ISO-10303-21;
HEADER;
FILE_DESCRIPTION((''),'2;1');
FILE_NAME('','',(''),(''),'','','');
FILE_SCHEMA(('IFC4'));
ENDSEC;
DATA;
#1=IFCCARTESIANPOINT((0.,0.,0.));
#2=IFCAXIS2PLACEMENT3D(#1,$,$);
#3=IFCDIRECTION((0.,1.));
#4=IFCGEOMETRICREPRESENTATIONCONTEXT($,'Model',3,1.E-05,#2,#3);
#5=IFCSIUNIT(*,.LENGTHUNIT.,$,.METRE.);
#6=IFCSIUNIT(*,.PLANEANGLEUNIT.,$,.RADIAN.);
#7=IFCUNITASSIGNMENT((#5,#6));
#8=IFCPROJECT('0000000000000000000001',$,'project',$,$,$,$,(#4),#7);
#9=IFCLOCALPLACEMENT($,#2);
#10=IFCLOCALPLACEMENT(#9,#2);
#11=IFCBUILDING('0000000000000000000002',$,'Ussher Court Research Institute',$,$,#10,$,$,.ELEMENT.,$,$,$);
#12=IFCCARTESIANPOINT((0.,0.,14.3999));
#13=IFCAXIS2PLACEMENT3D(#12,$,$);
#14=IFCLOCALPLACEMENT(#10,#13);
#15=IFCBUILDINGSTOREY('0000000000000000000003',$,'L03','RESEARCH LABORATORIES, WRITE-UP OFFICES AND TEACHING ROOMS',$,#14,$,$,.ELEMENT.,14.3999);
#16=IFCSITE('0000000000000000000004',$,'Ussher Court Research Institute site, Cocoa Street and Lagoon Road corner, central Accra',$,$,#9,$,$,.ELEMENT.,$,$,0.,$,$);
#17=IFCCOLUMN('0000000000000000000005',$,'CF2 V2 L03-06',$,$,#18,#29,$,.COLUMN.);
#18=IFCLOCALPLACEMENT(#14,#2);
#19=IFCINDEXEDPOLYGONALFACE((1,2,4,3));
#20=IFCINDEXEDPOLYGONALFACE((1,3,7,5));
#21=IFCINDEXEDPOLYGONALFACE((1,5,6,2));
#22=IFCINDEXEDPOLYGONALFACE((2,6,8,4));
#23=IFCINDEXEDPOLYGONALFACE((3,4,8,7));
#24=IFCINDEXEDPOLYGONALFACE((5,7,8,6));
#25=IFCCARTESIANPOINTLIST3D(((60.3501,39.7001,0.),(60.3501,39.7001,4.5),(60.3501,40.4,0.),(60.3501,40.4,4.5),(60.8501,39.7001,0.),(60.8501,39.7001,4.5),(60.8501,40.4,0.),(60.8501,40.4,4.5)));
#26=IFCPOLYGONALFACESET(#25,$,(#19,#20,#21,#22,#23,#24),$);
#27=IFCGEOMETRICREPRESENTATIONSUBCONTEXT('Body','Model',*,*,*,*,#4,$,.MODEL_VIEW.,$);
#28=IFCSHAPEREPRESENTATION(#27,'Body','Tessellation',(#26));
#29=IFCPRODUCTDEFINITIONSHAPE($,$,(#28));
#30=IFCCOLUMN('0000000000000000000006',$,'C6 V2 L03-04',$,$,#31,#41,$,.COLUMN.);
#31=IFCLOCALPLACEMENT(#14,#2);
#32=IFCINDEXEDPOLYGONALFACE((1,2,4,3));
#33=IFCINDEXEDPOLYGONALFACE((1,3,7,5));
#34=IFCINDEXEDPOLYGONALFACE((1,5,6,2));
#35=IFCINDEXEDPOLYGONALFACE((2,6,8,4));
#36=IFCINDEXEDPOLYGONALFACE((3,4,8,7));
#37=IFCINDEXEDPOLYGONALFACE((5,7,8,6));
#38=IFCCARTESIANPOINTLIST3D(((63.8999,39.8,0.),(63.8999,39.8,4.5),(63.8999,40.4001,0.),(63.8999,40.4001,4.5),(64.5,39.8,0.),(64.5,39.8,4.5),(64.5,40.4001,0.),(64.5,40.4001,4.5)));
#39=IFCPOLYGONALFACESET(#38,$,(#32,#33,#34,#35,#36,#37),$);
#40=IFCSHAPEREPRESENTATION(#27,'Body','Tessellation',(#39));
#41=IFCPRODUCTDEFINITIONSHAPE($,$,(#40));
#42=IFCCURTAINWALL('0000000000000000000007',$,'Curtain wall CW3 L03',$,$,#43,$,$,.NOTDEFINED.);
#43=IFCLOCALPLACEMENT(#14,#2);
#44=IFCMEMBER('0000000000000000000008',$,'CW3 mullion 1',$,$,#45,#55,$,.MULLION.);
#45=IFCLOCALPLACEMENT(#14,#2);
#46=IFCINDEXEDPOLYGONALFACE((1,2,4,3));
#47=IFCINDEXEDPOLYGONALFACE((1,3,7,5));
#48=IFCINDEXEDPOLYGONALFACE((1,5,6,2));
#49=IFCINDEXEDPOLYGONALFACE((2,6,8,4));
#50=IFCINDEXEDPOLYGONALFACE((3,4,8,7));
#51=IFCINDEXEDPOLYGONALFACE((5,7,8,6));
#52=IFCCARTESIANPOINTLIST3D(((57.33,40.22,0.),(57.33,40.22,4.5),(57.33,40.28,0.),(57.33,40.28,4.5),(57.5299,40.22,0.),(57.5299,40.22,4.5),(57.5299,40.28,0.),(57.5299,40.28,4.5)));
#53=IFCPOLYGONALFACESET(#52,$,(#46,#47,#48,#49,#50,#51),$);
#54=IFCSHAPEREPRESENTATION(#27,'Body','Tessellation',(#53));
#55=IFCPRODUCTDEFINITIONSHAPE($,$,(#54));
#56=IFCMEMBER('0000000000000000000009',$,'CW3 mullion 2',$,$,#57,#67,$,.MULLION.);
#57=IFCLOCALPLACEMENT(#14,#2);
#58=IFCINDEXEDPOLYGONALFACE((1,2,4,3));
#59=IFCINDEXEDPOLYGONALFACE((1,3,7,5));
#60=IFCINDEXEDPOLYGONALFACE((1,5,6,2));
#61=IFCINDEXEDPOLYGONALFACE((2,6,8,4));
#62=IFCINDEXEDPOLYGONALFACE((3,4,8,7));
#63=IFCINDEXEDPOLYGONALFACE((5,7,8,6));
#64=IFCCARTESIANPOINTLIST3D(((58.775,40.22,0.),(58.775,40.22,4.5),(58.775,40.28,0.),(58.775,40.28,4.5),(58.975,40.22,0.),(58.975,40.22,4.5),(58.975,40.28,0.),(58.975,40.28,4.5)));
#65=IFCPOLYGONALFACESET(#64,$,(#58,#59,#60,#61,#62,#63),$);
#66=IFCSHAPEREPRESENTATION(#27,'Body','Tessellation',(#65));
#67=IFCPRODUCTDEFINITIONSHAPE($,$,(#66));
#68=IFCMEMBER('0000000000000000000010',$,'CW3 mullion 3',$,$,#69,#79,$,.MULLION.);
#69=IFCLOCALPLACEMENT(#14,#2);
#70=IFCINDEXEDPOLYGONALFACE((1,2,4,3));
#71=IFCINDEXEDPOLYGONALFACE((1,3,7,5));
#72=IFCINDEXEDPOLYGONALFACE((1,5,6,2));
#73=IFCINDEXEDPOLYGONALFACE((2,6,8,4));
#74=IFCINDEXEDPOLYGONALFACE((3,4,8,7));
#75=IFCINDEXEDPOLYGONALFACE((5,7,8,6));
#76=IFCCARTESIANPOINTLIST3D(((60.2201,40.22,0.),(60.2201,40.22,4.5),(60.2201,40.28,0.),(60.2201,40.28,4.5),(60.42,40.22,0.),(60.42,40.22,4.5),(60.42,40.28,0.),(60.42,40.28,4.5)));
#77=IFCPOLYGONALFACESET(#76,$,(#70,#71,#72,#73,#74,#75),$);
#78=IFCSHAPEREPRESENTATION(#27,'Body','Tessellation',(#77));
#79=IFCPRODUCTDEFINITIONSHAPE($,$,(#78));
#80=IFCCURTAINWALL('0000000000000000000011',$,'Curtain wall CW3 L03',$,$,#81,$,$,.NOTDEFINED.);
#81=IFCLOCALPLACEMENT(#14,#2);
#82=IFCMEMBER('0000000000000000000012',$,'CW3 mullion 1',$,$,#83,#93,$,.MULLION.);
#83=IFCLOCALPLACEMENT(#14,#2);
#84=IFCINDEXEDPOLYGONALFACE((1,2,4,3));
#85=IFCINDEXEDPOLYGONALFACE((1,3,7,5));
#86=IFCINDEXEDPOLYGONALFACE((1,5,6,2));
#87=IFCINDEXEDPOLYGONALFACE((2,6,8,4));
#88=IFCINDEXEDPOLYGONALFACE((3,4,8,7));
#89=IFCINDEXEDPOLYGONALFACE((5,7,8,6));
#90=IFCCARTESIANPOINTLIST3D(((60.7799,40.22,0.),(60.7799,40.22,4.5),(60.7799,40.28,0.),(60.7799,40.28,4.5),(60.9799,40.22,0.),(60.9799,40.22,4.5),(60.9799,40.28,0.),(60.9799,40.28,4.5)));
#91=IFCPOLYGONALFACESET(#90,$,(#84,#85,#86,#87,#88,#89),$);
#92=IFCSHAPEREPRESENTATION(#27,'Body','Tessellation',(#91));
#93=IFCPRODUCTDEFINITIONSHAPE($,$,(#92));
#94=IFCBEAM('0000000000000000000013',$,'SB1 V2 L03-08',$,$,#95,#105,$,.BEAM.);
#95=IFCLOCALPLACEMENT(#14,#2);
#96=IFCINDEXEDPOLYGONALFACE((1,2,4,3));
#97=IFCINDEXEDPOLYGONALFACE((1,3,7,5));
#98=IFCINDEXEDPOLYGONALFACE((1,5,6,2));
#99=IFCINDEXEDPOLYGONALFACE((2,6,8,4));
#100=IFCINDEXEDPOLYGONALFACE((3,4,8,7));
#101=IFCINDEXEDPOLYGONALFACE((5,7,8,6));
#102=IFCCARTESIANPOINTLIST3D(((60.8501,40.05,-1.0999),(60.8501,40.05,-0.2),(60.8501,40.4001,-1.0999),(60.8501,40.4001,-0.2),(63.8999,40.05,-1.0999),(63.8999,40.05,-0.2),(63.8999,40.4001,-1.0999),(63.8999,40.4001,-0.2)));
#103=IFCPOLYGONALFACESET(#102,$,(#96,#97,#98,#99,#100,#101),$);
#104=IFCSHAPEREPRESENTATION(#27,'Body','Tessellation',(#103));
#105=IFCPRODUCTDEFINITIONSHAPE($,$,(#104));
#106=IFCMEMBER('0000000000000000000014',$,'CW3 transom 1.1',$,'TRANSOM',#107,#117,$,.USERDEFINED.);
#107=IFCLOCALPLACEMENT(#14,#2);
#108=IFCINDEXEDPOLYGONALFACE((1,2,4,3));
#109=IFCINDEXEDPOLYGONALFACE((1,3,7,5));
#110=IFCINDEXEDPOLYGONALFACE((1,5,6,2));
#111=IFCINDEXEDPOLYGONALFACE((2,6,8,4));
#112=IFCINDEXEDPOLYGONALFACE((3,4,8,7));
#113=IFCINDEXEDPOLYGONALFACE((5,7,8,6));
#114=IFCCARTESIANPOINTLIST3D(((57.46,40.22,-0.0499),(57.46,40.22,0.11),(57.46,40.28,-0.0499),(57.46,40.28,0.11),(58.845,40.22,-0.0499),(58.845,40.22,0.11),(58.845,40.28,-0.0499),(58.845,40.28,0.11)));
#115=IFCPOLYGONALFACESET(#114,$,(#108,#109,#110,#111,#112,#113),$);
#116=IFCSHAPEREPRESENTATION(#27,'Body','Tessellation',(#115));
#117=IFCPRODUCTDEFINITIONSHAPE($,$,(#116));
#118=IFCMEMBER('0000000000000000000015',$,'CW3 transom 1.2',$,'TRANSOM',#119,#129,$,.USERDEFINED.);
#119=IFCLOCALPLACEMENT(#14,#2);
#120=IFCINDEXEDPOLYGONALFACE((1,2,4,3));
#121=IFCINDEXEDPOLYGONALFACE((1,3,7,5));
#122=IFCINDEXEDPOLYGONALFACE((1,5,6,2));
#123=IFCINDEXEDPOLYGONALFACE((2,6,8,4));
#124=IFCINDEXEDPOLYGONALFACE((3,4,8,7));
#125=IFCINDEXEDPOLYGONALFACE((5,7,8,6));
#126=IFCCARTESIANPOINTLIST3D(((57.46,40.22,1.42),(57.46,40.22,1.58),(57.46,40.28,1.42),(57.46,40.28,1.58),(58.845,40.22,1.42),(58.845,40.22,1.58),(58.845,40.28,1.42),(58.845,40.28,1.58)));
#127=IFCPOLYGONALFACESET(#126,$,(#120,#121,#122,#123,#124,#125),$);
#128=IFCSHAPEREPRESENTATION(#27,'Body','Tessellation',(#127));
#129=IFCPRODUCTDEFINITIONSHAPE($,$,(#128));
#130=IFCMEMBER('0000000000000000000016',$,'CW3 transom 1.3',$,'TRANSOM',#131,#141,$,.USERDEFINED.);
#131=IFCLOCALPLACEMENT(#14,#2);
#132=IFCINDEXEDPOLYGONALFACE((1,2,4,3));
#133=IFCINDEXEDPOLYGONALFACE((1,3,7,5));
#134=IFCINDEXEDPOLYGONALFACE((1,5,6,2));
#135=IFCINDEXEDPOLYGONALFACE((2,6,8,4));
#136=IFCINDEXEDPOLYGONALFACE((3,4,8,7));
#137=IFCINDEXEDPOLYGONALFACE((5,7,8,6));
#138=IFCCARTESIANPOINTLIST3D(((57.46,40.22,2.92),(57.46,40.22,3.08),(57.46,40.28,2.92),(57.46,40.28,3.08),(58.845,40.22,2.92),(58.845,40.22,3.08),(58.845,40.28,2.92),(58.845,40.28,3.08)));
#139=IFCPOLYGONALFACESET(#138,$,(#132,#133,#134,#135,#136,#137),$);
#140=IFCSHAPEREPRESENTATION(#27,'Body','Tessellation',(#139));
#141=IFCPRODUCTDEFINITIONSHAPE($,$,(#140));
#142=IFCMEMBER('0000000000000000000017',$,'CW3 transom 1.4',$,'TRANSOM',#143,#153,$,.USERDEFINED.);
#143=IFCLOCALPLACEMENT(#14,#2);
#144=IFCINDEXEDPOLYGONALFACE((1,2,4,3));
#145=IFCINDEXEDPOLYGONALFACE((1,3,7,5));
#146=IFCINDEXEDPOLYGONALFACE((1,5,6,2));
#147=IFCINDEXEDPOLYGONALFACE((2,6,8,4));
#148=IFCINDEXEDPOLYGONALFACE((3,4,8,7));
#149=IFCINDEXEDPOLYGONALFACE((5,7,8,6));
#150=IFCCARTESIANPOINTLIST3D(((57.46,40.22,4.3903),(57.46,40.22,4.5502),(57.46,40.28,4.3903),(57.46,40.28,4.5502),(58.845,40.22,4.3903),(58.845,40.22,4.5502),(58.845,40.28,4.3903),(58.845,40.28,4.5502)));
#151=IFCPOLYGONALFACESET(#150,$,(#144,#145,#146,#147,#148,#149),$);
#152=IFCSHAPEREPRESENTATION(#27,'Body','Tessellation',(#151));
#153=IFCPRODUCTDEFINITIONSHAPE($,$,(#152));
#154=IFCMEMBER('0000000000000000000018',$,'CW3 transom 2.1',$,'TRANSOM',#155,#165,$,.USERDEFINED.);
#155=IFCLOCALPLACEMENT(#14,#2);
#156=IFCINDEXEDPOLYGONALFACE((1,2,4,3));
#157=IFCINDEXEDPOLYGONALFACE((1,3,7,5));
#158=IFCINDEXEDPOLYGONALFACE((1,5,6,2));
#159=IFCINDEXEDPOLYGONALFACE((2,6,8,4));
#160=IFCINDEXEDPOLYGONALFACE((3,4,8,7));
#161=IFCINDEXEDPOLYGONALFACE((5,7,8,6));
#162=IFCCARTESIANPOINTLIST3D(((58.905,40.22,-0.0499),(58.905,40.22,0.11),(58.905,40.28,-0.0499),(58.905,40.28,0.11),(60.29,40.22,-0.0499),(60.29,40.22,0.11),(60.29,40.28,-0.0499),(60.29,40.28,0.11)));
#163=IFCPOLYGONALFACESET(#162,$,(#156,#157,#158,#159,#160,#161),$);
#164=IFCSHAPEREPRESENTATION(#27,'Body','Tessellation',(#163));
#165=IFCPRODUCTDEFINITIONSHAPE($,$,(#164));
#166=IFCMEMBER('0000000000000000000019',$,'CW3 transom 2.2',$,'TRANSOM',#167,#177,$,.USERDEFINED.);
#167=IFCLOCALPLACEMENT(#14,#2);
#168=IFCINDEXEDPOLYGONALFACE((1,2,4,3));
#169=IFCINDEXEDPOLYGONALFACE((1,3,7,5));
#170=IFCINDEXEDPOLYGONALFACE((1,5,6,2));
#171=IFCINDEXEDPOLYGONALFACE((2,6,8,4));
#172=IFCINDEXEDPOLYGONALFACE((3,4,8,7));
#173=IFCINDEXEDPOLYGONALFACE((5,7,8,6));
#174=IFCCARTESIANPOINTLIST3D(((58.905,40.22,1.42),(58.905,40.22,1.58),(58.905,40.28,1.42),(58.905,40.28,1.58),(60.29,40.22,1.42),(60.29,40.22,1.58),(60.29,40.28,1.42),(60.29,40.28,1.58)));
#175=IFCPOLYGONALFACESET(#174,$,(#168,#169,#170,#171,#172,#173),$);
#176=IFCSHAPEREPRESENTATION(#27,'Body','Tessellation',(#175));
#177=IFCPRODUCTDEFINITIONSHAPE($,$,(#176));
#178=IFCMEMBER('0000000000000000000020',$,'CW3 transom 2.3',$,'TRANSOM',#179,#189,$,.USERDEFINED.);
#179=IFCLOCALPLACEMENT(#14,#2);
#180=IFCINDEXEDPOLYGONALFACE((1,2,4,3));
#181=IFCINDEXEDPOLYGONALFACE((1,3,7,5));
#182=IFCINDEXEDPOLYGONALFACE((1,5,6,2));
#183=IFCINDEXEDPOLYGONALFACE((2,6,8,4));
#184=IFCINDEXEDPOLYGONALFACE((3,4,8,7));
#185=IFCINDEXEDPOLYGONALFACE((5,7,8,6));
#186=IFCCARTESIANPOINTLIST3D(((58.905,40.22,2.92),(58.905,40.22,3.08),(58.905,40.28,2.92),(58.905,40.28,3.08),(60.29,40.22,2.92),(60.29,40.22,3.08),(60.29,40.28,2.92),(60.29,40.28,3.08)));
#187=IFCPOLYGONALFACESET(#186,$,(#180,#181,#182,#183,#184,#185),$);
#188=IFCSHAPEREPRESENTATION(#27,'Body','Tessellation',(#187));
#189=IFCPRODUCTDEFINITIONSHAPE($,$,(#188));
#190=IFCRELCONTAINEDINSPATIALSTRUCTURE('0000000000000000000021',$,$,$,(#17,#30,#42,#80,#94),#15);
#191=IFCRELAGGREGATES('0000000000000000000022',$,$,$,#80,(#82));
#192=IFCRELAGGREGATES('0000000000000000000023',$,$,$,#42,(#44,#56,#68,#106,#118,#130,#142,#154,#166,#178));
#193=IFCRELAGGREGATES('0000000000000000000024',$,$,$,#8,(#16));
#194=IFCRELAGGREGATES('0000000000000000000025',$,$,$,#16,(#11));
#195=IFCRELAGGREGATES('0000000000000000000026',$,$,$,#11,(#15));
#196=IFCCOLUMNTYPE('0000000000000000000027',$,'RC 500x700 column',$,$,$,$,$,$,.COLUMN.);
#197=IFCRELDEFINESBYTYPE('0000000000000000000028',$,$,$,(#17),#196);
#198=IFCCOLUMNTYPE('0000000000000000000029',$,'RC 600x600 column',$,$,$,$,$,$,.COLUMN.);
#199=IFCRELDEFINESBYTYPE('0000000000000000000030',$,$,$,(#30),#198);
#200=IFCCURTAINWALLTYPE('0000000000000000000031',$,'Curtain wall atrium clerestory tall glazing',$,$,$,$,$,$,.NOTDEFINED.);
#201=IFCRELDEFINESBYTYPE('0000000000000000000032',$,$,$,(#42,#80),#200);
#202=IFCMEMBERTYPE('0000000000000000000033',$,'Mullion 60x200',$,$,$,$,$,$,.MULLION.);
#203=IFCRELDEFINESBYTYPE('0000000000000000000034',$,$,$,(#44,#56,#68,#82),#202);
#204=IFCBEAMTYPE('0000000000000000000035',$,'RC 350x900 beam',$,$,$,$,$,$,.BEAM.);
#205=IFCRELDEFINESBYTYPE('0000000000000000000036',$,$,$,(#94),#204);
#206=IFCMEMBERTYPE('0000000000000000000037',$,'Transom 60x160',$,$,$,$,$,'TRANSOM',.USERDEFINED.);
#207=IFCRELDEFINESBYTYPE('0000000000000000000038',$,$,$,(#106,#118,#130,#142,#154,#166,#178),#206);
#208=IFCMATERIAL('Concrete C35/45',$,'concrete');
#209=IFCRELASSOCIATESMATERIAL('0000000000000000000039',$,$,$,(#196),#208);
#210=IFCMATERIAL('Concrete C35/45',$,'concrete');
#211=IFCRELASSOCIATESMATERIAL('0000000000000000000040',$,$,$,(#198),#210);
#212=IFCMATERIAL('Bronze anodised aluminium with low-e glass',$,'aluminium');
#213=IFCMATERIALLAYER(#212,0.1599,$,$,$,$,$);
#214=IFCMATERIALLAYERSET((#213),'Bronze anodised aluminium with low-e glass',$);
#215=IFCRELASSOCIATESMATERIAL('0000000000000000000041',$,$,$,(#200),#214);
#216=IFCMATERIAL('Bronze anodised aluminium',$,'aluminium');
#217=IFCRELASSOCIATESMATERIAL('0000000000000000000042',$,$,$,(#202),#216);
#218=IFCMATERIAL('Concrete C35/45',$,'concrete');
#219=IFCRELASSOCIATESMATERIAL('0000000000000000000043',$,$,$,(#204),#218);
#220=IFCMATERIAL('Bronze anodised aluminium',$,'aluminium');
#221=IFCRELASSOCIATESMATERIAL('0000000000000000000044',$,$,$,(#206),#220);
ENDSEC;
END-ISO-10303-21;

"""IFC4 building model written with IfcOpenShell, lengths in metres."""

from ifc_helpers import new_model, si_unit, direction, frame, origin, origin_2d, place, context, subcontext, project, spatial, rectangle, extrude, material, layer, layer_set, material_profile, profile_set, type_object, element, aggregate, save


model = new_model("IFC4")

# Units and contexts
model_context = context("Model", 3, precision=1e-05, world=origin(), true_north=direction((0.0, 1.0)))
body_context = subcontext(model_context, "Body", "Model", "MODEL_VIEW")
ifc_project = project(units=[si_unit("LENGTHUNIT", "METRE"), si_unit("PLANEANGLEUNIT", "RADIAN")], contexts=[model_context])

# Site, building, storey
site_placement = place(None, origin())
site = spatial("IfcSite", under=ifc_project, at=site_placement, Name="Ussher Court Research Institute site, Cocoa Street and Lagoon Road corner, central Accra", CompositionType="ELEMENT", RefElevation=0.0)
building_placement = place(site_placement, origin())
building = spatial("IfcBuilding", under=site, at=building_placement, Name="Ussher Court Research Institute", CompositionType="ELEMENT")
storey_placement = place(building_placement, frame((0.0, 0.0, 14.3999)))
storey = spatial("IfcBuildingStorey", under=building, at=storey_placement, Name="L03", Description="RESEARCH LABORATORIES, WRITE-UP OFFICES AND TEACHING ROOMS", CompositionType="ELEMENT", Elevation=14.3999)

# Columns
ifc_material_1 = material(Name="Concrete C35/45", Category="concrete")
ifc_material_profile_1 = material_profile(ifc_material_1, rectangle(XDim=0.5, YDim=0.7, at=origin_2d()), Name="RC 500x700")
ifc_profile_set_1 = profile_set([ifc_material_profile_1], Name="Concrete C35/45")
column_type_1 = type_object("IfcColumnType", Name="RC 500x700 column", PredefinedType="COLUMN", material=ifc_profile_set_1)
column_1_placement = place(storey_placement, frame((60.6001, 40.05, 0.0), z_axis=(0.0, 0.0, 1.0), x_axis=(1.0, 0.0, 0.0)))
element("IfcColumn", 1, at=column_1_placement, inside=storey, type_object=column_type_1, Name="CF2 V2 L03-06", PredefinedType="COLUMN", context=body_context, shape_type="SweptSolid", body=[
    extrude(rectangle(XDim=0.5, YDim=0.7, at=origin_2d()), origin(), (0.0, 0.0, 1.0), 4.5),
])
ifc_material_2 = material(Name="Concrete C35/45", Category="concrete")
ifc_material_profile_2 = material_profile(ifc_material_2, rectangle(XDim=0.6001, YDim=0.6001, at=origin_2d()), Name="RC 600x600")
ifc_profile_set_2 = profile_set([ifc_material_profile_2], Name="Concrete C35/45")
column_type_2 = type_object("IfcColumnType", Name="RC 600x600 column", PredefinedType="COLUMN", material=ifc_profile_set_2)
column_2_placement = place(storey_placement, frame((64.2, 40.1001, 0.0), z_axis=(0.0, 0.0, 1.0), x_axis=(1.0, 0.0, 0.0)))
element("IfcColumn", 2, at=column_2_placement, inside=storey, type_object=column_type_2, Name="C6 V2 L03-04", PredefinedType="COLUMN", context=body_context, shape_type="SweptSolid", body=[
    extrude(rectangle(XDim=0.6001, YDim=0.6001, at=origin_2d()), origin(), (0.0, 0.0, 1.0), 4.5),
])

# Curtain wall, members
ifc_material_3 = material(Name="Bronze anodised aluminium with low-e glass", Category="aluminium")
ifc_layer_1 = layer(ifc_material_3, 0.1599)
ifc_layer_set_1 = layer_set([ifc_layer_1], Name="Bronze anodised aluminium with low-e glass")
curtain_wall_type = type_object("IfcCurtainWallType", Name="Curtain wall atrium clerestory tall glazing", PredefinedType="NOTDEFINED", material=ifc_layer_set_1)
curtain_wall_1_placement = place(storey_placement, origin())
curtain_wall_1 = element("IfcCurtainWall", 3, at=curtain_wall_1_placement, inside=storey, type_object=curtain_wall_type, Name="Curtain wall CW3 L03", PredefinedType="NOTDEFINED")
ifc_material_4 = material(Name="Bronze anodised aluminium", Category="aluminium")
ifc_material_profile_3 = material_profile(ifc_material_4, rectangle(XDim=0.0601, YDim=0.2, at=origin_2d()), Name="Mullion 60x200")
ifc_profile_set_3 = profile_set([ifc_material_profile_3], Name="Bronze anodised aluminium")
member_type_1 = type_object("IfcMemberType", Name="Mullion 60x200", PredefinedType="MULLION", material=ifc_profile_set_3)
member_1_placement = place(storey_placement, frame((57.4299, 40.25, 0.0), z_axis=(0.0, 0.0, 1.0), x_axis=(0.0, 1.0, 0.0)))
member_1 = element("IfcMember", 4, at=member_1_placement, type_object=member_type_1, Name="CW3 mullion 1", PredefinedType="MULLION", context=body_context, shape_type="SweptSolid", body=[
    extrude(rectangle(XDim=0.0601, YDim=0.2, at=origin_2d()), origin(), (0.0, 0.0, 1.0), 4.5),
])
member_2_placement = place(storey_placement, frame((58.875, 40.25, 0.0), z_axis=(0.0, 0.0, 1.0), x_axis=(0.0, 1.0, 0.0)))
member_2 = element("IfcMember", 5, at=member_2_placement, type_object=member_type_1, Name="CW3 mullion 2", PredefinedType="MULLION", context=body_context, shape_type="SweptSolid", body=[
    extrude(rectangle(XDim=0.0601, YDim=0.2, at=origin_2d()), origin(), (0.0, 0.0, 1.0), 4.5),
])
member_3_placement = place(storey_placement, frame((60.3201, 40.25, 0.0), z_axis=(0.0, 0.0, 1.0), x_axis=(0.0, 1.0, 0.0)))
member_3 = element("IfcMember", 6, at=member_3_placement, type_object=member_type_1, Name="CW3 mullion 3", PredefinedType="MULLION", context=body_context, shape_type="SweptSolid", body=[
    extrude(rectangle(XDim=0.0601, YDim=0.2, at=origin_2d()), origin(), (0.0, 0.0, 1.0), 4.5),
])

# Curtain wall, member
curtain_wall_2_placement = place(storey_placement, origin())
curtain_wall_2 = element("IfcCurtainWall", 7, at=curtain_wall_2_placement, inside=storey, type_object=curtain_wall_type, Name="Curtain wall CW3 L03", PredefinedType="NOTDEFINED")
member_4_placement = place(storey_placement, frame((60.8799, 40.25, 0.0), z_axis=(0.0, 0.0, 1.0), x_axis=(0.0, 1.0, 0.0)))
member_4 = element("IfcMember", 8, at=member_4_placement, type_object=member_type_1, Name="CW3 mullion 1", PredefinedType="MULLION", context=body_context, shape_type="SweptSolid", body=[
    extrude(rectangle(XDim=0.0601, YDim=0.2, at=origin_2d()), origin(), (0.0, 0.0, 1.0), 4.5),
])

# Beam
ifc_material_5 = material(Name="Concrete C35/45", Category="concrete")
ifc_material_profile_4 = material_profile(ifc_material_5, rectangle(XDim=0.3501, YDim=0.8999, at=origin_2d()), Name="RC 350x900")
ifc_profile_set_4 = profile_set([ifc_material_profile_4], Name="Concrete C35/45")
beam_type = type_object("IfcBeamType", Name="RC 350x900 beam", PredefinedType="BEAM", material=ifc_profile_set_4)
beam_placement = place(storey_placement, frame((60.8501, 40.2251, -0.6499), z_axis=(1.0, 0.0, 0.0), x_axis=(0.0, 1.0, 0.0)))
element("IfcBeam", 9, at=beam_placement, inside=storey, type_object=beam_type, Name="SB1 V2 L03-08", PredefinedType="BEAM", context=body_context, shape_type="SweptSolid", body=[
    extrude(rectangle(XDim=0.3501, YDim=0.8999, at=origin_2d()), origin(), (0.0, 0.0, 1.0), 3.0498),
])

# Members
ifc_material_6 = material(Name="Bronze anodised aluminium", Category="aluminium")
ifc_material_profile_5 = material_profile(ifc_material_6, rectangle(XDim=0.0601, YDim=0.1599, at=origin_2d()), Name="Transom 60x160")
ifc_profile_set_5 = profile_set([ifc_material_profile_5], Name="Bronze anodised aluminium")
member_type_2 = type_object("IfcMemberType", Name="Transom 60x160", ElementType="TRANSOM", PredefinedType="USERDEFINED", material=ifc_profile_set_5)
member_5_placement = place(storey_placement, frame((57.46, 40.25, 0.03), z_axis=(1.0, 0.0, 0.0), x_axis=(0.0, 1.0, 0.0)))
member_5 = element("IfcMember", 10, at=member_5_placement, type_object=member_type_2, Name="CW3 transom 1.1", ObjectType="TRANSOM", PredefinedType="USERDEFINED", context=body_context, shape_type="SweptSolid", body=[
    extrude(rectangle(XDim=0.0601, YDim=0.1599, at=origin_2d()), origin(), (0.0, 0.0, 1.0), 1.385),
])
member_6_placement = place(storey_placement, frame((57.46, 40.25, 1.5), z_axis=(1.0, 0.0, 0.0), x_axis=(0.0, 1.0, 0.0)))
member_6 = element("IfcMember", 11, at=member_6_placement, type_object=member_type_2, Name="CW3 transom 1.2", ObjectType="TRANSOM", PredefinedType="USERDEFINED", context=body_context, shape_type="SweptSolid", body=[
    extrude(rectangle(XDim=0.0601, YDim=0.1599, at=origin_2d()), origin(), (0.0, 0.0, 1.0), 1.385),
])
member_7_placement = place(storey_placement, frame((57.46, 40.25, 3.0), z_axis=(1.0, 0.0, 0.0), x_axis=(0.0, 1.0, 0.0)))
member_7 = element("IfcMember", 12, at=member_7_placement, type_object=member_type_2, Name="CW3 transom 1.3", ObjectType="TRANSOM", PredefinedType="USERDEFINED", context=body_context, shape_type="SweptSolid", body=[
    extrude(rectangle(XDim=0.0601, YDim=0.1599, at=origin_2d()), origin(), (0.0, 0.0, 1.0), 1.385),
])
member_8_placement = place(storey_placement, frame((57.46, 40.25, 4.4702), z_axis=(1.0, 0.0, 0.0), x_axis=(0.0, 1.0, 0.0)))
member_8 = element("IfcMember", 13, at=member_8_placement, type_object=member_type_2, Name="CW3 transom 1.4", ObjectType="TRANSOM", PredefinedType="USERDEFINED", context=body_context, shape_type="SweptSolid", body=[
    extrude(rectangle(XDim=0.0601, YDim=0.1599, at=origin_2d()), origin(), (0.0, 0.0, 1.0), 1.385),
])
member_9_placement = place(storey_placement, frame((58.905, 40.25, 0.03), z_axis=(1.0, 0.0, 0.0), x_axis=(0.0, 1.0, 0.0)))
member_9 = element("IfcMember", 14, at=member_9_placement, type_object=member_type_2, Name="CW3 transom 2.1", ObjectType="TRANSOM", PredefinedType="USERDEFINED", context=body_context, shape_type="SweptSolid", body=[
    extrude(rectangle(XDim=0.0601, YDim=0.1599, at=origin_2d()), origin(), (0.0, 0.0, 1.0), 1.385),
])
member_10_placement = place(storey_placement, frame((58.905, 40.25, 1.5), z_axis=(1.0, 0.0, 0.0), x_axis=(0.0, 1.0, 0.0)))
member_10 = element("IfcMember", 15, at=member_10_placement, type_object=member_type_2, Name="CW3 transom 2.2", ObjectType="TRANSOM", PredefinedType="USERDEFINED", context=body_context, shape_type="SweptSolid", body=[
    extrude(rectangle(XDim=0.0601, YDim=0.1599, at=origin_2d()), origin(), (0.0, 0.0, 1.0), 1.385),
])
member_11_placement = place(storey_placement, frame((58.905, 40.25, 3.0), z_axis=(1.0, 0.0, 0.0), x_axis=(0.0, 1.0, 0.0)))
member_11 = element("IfcMember", 16, at=member_11_placement, type_object=member_type_2, Name="CW3 transom 2.3", ObjectType="TRANSOM", PredefinedType="USERDEFINED", context=body_context, shape_type="SweptSolid", body=[
    extrude(rectangle(XDim=0.0601, YDim=0.1599, at=origin_2d()), origin(), (0.0, 0.0, 1.0), 1.385),
])
aggregate(curtain_wall_2, [member_4])

aggregate(curtain_wall_1, [member_1, member_2, member_3, member_5, member_6, member_7, member_8, member_9, member_10, member_11])

save(model, "model.ifc")
